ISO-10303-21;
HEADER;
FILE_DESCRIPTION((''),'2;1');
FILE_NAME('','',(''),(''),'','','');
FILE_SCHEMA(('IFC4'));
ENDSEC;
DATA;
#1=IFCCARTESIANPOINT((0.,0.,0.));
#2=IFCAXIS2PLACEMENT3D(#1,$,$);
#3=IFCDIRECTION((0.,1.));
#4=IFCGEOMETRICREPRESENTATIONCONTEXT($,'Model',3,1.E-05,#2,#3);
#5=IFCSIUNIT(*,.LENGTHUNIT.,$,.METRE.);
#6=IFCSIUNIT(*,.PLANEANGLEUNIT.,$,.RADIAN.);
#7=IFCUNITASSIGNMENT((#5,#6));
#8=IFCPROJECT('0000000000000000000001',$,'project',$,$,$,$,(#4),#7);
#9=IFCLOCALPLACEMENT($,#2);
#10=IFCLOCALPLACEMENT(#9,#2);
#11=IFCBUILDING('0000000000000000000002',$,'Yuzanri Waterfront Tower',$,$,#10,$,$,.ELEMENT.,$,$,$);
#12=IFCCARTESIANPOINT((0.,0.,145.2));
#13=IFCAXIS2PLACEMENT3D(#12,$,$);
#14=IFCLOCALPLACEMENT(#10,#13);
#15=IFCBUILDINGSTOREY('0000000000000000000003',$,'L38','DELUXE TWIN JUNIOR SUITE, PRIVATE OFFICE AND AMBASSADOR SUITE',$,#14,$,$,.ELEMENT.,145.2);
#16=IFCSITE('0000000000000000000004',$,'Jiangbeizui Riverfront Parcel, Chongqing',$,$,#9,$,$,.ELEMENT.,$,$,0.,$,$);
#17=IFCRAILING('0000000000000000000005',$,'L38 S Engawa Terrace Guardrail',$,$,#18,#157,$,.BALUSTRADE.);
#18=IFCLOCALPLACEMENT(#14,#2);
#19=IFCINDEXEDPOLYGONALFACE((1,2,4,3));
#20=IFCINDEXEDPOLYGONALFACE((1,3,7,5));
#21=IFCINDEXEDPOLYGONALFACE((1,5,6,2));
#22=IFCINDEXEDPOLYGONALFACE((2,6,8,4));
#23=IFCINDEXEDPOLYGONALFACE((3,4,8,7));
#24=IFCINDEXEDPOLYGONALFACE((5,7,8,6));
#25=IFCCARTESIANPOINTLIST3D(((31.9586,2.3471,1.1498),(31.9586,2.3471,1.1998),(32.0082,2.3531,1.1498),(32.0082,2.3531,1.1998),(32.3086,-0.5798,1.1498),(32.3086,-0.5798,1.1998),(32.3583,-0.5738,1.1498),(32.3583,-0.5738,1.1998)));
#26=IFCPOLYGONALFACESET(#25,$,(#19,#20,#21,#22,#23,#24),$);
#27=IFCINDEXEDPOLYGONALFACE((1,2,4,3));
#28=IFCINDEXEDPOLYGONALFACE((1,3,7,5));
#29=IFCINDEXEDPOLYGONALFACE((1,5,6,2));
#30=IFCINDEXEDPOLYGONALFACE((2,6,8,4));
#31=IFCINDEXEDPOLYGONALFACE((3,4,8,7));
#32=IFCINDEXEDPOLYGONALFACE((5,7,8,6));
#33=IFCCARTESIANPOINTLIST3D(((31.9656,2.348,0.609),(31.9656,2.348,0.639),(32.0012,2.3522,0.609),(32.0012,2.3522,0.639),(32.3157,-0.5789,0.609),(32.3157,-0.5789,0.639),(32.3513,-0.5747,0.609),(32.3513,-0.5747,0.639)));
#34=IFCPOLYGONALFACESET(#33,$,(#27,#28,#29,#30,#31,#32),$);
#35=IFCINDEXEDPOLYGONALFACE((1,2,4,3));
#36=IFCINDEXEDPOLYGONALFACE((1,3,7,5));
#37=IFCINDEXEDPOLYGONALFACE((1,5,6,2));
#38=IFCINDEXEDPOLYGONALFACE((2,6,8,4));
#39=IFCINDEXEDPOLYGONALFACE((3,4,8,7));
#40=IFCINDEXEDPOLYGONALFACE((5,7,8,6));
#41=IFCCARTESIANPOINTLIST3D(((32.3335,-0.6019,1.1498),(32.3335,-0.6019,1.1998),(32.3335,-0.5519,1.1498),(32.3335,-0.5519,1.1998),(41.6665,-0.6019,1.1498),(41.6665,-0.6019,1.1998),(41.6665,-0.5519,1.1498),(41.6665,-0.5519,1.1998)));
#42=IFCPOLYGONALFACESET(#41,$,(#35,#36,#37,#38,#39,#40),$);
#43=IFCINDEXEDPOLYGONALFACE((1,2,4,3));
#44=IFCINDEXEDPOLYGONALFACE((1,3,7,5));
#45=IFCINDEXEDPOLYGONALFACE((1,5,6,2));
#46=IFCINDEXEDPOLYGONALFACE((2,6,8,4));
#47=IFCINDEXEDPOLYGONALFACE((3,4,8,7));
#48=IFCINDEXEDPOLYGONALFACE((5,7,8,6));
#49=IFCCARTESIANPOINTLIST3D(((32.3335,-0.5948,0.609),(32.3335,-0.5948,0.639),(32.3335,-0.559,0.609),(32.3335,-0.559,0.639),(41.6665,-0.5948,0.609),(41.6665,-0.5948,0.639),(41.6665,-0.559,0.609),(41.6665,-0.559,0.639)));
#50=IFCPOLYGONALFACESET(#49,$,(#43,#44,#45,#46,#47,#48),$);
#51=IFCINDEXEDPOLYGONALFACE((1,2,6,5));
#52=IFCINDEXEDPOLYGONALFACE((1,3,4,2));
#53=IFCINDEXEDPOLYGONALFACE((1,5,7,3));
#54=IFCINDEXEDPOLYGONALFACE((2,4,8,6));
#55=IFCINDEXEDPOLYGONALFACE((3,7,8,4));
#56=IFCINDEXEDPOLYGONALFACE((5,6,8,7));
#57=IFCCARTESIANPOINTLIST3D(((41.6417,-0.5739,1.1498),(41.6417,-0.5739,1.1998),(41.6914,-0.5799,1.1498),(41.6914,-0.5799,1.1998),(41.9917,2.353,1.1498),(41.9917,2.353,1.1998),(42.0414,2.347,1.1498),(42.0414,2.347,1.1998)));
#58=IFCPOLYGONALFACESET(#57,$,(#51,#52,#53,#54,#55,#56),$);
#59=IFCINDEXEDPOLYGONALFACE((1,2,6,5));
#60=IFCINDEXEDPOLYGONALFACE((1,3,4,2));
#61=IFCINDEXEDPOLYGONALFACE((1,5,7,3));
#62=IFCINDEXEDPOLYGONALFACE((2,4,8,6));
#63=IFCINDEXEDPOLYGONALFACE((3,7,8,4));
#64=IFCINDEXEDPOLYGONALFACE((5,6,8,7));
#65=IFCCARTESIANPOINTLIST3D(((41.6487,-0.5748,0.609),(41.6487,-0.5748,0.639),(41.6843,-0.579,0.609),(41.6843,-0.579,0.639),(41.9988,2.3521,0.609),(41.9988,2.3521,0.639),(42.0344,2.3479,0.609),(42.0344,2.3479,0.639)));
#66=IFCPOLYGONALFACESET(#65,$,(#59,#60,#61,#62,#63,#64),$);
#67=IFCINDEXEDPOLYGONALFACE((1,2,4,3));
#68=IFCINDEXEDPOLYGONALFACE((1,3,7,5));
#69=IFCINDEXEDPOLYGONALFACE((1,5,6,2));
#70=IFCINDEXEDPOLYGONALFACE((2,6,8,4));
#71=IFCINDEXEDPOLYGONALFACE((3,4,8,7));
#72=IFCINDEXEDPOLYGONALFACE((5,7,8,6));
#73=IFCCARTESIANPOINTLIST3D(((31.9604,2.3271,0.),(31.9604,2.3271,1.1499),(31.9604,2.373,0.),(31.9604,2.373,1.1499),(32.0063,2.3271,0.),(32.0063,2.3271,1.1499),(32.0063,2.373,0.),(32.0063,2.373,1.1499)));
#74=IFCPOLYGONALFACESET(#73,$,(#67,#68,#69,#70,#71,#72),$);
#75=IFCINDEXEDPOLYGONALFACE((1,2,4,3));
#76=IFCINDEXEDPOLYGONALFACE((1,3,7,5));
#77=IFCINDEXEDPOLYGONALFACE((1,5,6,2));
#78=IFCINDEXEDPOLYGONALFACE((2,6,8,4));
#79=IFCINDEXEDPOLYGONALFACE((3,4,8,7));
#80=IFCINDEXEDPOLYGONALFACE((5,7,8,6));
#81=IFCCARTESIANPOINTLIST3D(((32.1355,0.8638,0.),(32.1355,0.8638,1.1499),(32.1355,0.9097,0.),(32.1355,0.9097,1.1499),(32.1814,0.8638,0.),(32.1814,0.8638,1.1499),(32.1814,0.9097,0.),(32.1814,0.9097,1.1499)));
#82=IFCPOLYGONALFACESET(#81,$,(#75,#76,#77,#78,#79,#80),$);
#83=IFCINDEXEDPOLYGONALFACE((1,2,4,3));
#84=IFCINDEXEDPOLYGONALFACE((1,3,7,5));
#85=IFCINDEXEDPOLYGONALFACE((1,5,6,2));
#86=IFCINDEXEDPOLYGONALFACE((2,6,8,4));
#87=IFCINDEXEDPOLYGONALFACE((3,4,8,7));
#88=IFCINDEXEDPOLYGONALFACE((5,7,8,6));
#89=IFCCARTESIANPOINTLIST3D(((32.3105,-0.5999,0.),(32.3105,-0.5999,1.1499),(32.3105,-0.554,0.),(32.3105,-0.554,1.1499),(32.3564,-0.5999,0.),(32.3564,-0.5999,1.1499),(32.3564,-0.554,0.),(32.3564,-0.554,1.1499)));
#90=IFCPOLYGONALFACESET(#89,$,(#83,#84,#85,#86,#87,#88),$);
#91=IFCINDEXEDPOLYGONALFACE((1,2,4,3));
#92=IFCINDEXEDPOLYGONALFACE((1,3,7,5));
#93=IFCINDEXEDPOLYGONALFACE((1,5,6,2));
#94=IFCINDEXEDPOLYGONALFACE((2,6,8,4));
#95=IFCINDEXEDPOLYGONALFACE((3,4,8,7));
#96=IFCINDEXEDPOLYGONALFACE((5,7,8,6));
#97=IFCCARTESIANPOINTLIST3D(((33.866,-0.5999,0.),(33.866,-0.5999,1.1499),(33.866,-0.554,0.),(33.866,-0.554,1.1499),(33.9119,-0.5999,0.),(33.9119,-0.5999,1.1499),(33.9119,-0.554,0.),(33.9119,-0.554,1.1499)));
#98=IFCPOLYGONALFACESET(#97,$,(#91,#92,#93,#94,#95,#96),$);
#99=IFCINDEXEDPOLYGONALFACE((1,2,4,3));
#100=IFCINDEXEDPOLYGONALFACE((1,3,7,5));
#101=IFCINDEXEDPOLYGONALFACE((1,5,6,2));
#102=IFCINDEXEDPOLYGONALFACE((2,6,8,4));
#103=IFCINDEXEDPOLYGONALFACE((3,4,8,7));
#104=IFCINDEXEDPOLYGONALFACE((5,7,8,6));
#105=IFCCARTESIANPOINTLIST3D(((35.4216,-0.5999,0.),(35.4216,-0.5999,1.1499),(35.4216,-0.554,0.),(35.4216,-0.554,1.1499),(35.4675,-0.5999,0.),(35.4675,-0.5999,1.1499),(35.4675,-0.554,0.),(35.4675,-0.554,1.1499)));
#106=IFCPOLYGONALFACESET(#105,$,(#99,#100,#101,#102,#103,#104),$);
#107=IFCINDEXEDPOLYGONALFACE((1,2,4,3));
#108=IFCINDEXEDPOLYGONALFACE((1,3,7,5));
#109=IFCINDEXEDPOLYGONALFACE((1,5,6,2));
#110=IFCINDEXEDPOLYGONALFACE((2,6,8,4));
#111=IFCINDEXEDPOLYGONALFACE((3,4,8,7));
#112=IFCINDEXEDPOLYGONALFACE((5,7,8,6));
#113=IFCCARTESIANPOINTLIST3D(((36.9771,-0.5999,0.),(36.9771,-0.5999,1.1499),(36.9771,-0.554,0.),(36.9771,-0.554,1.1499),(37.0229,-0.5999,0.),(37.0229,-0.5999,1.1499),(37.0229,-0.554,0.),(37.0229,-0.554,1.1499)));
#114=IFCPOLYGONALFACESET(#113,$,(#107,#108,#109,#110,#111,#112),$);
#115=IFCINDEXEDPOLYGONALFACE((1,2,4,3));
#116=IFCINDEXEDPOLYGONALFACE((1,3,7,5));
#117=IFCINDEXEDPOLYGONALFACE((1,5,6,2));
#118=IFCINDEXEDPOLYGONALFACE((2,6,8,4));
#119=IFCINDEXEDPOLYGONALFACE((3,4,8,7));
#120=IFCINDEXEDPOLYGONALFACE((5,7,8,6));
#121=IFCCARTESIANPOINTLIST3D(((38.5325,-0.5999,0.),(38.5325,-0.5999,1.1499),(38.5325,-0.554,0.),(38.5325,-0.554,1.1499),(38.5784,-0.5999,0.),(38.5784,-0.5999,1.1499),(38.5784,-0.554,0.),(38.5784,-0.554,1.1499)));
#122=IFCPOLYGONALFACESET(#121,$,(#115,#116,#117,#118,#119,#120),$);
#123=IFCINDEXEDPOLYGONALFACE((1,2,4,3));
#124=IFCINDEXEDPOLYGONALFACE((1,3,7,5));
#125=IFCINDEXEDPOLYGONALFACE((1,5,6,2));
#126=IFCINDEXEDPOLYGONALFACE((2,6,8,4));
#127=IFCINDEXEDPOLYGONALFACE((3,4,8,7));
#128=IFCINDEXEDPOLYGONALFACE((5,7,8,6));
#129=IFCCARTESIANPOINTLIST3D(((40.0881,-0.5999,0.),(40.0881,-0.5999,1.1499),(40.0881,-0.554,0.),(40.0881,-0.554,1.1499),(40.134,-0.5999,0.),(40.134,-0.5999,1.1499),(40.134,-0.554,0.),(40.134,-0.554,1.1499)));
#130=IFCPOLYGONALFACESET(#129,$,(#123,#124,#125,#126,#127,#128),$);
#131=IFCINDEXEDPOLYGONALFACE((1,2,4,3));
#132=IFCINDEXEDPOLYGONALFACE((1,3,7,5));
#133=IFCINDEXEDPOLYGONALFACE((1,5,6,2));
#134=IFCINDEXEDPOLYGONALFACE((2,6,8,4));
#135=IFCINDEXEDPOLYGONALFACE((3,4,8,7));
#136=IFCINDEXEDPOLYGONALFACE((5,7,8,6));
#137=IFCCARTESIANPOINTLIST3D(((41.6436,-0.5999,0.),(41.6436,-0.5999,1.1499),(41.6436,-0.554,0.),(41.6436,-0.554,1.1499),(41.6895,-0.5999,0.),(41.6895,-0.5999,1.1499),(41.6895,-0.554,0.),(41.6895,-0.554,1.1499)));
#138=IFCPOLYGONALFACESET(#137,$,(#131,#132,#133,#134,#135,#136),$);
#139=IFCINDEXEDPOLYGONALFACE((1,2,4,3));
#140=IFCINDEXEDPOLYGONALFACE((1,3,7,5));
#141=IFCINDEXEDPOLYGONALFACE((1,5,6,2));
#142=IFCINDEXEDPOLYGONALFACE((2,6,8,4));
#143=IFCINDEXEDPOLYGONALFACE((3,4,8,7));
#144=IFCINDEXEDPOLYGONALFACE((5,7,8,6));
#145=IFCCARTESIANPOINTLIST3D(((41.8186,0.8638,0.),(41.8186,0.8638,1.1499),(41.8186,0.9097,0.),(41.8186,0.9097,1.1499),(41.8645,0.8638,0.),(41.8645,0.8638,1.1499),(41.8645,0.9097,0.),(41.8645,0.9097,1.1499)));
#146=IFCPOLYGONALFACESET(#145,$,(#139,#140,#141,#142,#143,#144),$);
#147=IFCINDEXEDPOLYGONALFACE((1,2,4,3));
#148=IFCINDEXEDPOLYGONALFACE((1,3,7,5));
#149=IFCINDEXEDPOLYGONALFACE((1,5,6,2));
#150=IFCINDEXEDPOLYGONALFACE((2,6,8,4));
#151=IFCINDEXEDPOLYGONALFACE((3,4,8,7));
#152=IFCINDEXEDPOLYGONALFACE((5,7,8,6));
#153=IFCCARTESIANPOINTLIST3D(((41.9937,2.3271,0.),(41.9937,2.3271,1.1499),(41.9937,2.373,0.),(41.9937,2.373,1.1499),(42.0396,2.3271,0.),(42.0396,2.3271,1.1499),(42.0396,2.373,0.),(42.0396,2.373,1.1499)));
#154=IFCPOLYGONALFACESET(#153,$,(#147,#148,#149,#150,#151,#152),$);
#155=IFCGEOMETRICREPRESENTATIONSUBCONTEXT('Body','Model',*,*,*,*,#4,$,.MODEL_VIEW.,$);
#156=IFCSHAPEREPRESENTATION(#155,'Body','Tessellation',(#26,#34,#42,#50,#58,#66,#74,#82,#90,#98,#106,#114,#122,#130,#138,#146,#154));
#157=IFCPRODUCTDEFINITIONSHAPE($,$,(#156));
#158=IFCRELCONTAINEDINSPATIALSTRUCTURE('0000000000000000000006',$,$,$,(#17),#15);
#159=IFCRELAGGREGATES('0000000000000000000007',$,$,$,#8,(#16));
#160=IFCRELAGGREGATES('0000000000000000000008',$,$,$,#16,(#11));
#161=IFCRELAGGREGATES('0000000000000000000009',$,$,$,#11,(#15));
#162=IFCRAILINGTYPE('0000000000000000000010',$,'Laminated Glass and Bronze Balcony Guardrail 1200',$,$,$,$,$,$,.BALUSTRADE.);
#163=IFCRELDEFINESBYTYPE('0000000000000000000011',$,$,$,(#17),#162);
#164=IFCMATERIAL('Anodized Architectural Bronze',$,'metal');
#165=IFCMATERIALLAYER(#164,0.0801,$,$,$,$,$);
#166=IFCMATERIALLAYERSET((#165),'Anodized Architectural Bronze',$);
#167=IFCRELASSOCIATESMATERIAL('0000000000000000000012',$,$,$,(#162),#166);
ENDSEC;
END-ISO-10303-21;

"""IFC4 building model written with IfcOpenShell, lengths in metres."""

from ifc_helpers import new_model, si_unit, direction, frame, origin, origin_2d, place, context, subcontext, project, spatial, rectangle, extrude, source, transform, mapped, material, layer, layer_set, type_object, element, save


model = new_model("IFC4")

# Units and contexts
model_context = context("Model", 3, precision=1e-05, world=origin(), true_north=direction((0.0, 1.0)))
body_context = subcontext(model_context, "Body", "Model", "MODEL_VIEW")
ifc_project = project(units=[si_unit("LENGTHUNIT", "METRE"), si_unit("PLANEANGLEUNIT", "RADIAN")], contexts=[model_context])

# Site, building, storey
site_placement = place(None, origin())
site = spatial("IfcSite", under=ifc_project, at=site_placement, Name="Jiangbeizui Riverfront Parcel, Chongqing", CompositionType="ELEMENT", RefElevation=0.0)
building_placement = place(site_placement, origin())
building = spatial("IfcBuilding", under=site, at=building_placement, Name="Yuzanri Waterfront Tower", CompositionType="ELEMENT")
storey_placement = place(building_placement, frame((0.0, 0.0, 145.2)))
storey = spatial("IfcBuildingStorey", under=building, at=storey_placement, Name="L38", Description="DELUXE TWIN JUNIOR SUITE, PRIVATE OFFICE AND AMBASSADOR SUITE", CompositionType="ELEMENT", Elevation=145.2)

# Railing
ifc_material_1 = material(Name="Anodized Architectural Bronze", Category="metal")
ifc_layer_1 = layer(ifc_material_1, 0.0801)
ifc_layer_set_1 = layer_set([ifc_layer_1], Name="Anodized Architectural Bronze")
railing_type = type_object("IfcRailingType", Name="Laminated Glass and Bronze Balcony Guardrail 1200", PredefinedType="BALUSTRADE", material=ifc_layer_set_1)
shared_shape_1 = source(origin(), body_context, "Body", "SweptSolid", [
    extrude(rectangle(XDim=0.05, YDim=0.05, at=origin_2d()), frame((0.0, 0.0, 1.1748), z_axis=(0.118763, -0.992923, 0.0), x_axis=(0.992923, 0.118763, 0.0)), (0.0, 0.0, 1.0), 2.9478),
    extrude(rectangle(XDim=0.0359, YDim=0.03, at=origin_2d()), frame((0.0, 0.0, 0.624), z_axis=(0.118763, -0.992923, 0.0), x_axis=(0.992923, 0.118763, 0.0)), (0.0, 0.0, 1.0), 2.9478),
    extrude(rectangle(XDim=0.05, YDim=0.05, at=origin_2d()), frame((0.3501, -2.927, 1.1748), z_axis=(1.0, 0.0, 0.0), x_axis=(0.0, 1.0, 0.0)), (0.0, 0.0, 1.0), 9.333),
    extrude(rectangle(XDim=0.0359, YDim=0.03, at=origin_2d()), frame((0.3501, -2.927, 0.624), z_axis=(1.0, 0.0, 0.0), x_axis=(0.0, 1.0, 0.0)), (0.0, 0.0, 1.0), 9.333),
    extrude(rectangle(XDim=0.05, YDim=0.05, at=origin_2d()), frame((9.6831, -2.927, 1.1748), z_axis=(0.118763, 0.992923, 0.0), x_axis=(-0.992923, 0.118763, 0.0)), (0.0, 0.0, 1.0), 2.9478),
    extrude(rectangle(XDim=0.0359, YDim=0.03, at=origin_2d()), frame((9.6831, -2.927, 0.624), z_axis=(0.118763, 0.992923, 0.0), x_axis=(-0.992923, 0.118763, 0.0)), (0.0, 0.0, 1.0), 2.9478),
    extrude(rectangle(XDim=0.0459, YDim=0.0459, at=origin_2d()), origin(), (0.0, 0.0, 1.0), 1.1499),
    extrude(rectangle(XDim=0.0459, YDim=0.0459, at=origin_2d()), frame((0.175, -1.4634, 0.0)), (0.0, 0.0, 1.0), 1.1499),
    extrude(rectangle(XDim=0.0459, YDim=0.0459, at=origin_2d()), frame((0.3501, -2.927, 0.0)), (0.0, 0.0, 1.0), 1.1499),
    extrude(rectangle(XDim=0.0459, YDim=0.0459, at=origin_2d()), frame((1.9055, -2.927, 0.0)), (0.0, 0.0, 1.0), 1.1499),
    extrude(rectangle(XDim=0.0459, YDim=0.0459, at=origin_2d()), frame((3.4612, -2.927, 0.0)), (0.0, 0.0, 1.0), 1.1499),
    extrude(rectangle(XDim=0.0459, YDim=0.0459, at=origin_2d()), frame((5.0166, -2.927, 0.0)), (0.0, 0.0, 1.0), 1.1499),
    extrude(rectangle(XDim=0.0459, YDim=0.0459, at=origin_2d()), frame((6.572, -2.927, 0.0)), (0.0, 0.0, 1.0), 1.1499),
    extrude(rectangle(XDim=0.0459, YDim=0.0459, at=origin_2d()), frame((8.1277, -2.927, 0.0)), (0.0, 0.0, 1.0), 1.1499),
    extrude(rectangle(XDim=0.0459, YDim=0.0459, at=origin_2d()), frame((9.6831, -2.927, 0.0)), (0.0, 0.0, 1.0), 1.1499),
    extrude(rectangle(XDim=0.0459, YDim=0.0459, at=origin_2d()), frame((9.8582, -1.4634, 0.0)), (0.0, 0.0, 1.0), 1.1499),
    extrude(rectangle(XDim=0.0459, YDim=0.0459, at=origin_2d()), frame((10.0332, 0.0, 0.0)), (0.0, 0.0, 1.0), 1.1499),
])
railing_placement = place(storey_placement, frame((31.9834, 2.3501, 0.0)))
element("IfcRailing", 1, at=railing_placement, inside=storey, type_object=railing_type, Name="L38 S Engawa Terrace Guardrail", PredefinedType="BALUSTRADE", context=body_context, shape_type="MappedRepresentation", body=[
    mapped(shared_shape_1, transform((0.0, 0.0, 0.0), scale=1.0)),
])

save(model, "model.ifc")
